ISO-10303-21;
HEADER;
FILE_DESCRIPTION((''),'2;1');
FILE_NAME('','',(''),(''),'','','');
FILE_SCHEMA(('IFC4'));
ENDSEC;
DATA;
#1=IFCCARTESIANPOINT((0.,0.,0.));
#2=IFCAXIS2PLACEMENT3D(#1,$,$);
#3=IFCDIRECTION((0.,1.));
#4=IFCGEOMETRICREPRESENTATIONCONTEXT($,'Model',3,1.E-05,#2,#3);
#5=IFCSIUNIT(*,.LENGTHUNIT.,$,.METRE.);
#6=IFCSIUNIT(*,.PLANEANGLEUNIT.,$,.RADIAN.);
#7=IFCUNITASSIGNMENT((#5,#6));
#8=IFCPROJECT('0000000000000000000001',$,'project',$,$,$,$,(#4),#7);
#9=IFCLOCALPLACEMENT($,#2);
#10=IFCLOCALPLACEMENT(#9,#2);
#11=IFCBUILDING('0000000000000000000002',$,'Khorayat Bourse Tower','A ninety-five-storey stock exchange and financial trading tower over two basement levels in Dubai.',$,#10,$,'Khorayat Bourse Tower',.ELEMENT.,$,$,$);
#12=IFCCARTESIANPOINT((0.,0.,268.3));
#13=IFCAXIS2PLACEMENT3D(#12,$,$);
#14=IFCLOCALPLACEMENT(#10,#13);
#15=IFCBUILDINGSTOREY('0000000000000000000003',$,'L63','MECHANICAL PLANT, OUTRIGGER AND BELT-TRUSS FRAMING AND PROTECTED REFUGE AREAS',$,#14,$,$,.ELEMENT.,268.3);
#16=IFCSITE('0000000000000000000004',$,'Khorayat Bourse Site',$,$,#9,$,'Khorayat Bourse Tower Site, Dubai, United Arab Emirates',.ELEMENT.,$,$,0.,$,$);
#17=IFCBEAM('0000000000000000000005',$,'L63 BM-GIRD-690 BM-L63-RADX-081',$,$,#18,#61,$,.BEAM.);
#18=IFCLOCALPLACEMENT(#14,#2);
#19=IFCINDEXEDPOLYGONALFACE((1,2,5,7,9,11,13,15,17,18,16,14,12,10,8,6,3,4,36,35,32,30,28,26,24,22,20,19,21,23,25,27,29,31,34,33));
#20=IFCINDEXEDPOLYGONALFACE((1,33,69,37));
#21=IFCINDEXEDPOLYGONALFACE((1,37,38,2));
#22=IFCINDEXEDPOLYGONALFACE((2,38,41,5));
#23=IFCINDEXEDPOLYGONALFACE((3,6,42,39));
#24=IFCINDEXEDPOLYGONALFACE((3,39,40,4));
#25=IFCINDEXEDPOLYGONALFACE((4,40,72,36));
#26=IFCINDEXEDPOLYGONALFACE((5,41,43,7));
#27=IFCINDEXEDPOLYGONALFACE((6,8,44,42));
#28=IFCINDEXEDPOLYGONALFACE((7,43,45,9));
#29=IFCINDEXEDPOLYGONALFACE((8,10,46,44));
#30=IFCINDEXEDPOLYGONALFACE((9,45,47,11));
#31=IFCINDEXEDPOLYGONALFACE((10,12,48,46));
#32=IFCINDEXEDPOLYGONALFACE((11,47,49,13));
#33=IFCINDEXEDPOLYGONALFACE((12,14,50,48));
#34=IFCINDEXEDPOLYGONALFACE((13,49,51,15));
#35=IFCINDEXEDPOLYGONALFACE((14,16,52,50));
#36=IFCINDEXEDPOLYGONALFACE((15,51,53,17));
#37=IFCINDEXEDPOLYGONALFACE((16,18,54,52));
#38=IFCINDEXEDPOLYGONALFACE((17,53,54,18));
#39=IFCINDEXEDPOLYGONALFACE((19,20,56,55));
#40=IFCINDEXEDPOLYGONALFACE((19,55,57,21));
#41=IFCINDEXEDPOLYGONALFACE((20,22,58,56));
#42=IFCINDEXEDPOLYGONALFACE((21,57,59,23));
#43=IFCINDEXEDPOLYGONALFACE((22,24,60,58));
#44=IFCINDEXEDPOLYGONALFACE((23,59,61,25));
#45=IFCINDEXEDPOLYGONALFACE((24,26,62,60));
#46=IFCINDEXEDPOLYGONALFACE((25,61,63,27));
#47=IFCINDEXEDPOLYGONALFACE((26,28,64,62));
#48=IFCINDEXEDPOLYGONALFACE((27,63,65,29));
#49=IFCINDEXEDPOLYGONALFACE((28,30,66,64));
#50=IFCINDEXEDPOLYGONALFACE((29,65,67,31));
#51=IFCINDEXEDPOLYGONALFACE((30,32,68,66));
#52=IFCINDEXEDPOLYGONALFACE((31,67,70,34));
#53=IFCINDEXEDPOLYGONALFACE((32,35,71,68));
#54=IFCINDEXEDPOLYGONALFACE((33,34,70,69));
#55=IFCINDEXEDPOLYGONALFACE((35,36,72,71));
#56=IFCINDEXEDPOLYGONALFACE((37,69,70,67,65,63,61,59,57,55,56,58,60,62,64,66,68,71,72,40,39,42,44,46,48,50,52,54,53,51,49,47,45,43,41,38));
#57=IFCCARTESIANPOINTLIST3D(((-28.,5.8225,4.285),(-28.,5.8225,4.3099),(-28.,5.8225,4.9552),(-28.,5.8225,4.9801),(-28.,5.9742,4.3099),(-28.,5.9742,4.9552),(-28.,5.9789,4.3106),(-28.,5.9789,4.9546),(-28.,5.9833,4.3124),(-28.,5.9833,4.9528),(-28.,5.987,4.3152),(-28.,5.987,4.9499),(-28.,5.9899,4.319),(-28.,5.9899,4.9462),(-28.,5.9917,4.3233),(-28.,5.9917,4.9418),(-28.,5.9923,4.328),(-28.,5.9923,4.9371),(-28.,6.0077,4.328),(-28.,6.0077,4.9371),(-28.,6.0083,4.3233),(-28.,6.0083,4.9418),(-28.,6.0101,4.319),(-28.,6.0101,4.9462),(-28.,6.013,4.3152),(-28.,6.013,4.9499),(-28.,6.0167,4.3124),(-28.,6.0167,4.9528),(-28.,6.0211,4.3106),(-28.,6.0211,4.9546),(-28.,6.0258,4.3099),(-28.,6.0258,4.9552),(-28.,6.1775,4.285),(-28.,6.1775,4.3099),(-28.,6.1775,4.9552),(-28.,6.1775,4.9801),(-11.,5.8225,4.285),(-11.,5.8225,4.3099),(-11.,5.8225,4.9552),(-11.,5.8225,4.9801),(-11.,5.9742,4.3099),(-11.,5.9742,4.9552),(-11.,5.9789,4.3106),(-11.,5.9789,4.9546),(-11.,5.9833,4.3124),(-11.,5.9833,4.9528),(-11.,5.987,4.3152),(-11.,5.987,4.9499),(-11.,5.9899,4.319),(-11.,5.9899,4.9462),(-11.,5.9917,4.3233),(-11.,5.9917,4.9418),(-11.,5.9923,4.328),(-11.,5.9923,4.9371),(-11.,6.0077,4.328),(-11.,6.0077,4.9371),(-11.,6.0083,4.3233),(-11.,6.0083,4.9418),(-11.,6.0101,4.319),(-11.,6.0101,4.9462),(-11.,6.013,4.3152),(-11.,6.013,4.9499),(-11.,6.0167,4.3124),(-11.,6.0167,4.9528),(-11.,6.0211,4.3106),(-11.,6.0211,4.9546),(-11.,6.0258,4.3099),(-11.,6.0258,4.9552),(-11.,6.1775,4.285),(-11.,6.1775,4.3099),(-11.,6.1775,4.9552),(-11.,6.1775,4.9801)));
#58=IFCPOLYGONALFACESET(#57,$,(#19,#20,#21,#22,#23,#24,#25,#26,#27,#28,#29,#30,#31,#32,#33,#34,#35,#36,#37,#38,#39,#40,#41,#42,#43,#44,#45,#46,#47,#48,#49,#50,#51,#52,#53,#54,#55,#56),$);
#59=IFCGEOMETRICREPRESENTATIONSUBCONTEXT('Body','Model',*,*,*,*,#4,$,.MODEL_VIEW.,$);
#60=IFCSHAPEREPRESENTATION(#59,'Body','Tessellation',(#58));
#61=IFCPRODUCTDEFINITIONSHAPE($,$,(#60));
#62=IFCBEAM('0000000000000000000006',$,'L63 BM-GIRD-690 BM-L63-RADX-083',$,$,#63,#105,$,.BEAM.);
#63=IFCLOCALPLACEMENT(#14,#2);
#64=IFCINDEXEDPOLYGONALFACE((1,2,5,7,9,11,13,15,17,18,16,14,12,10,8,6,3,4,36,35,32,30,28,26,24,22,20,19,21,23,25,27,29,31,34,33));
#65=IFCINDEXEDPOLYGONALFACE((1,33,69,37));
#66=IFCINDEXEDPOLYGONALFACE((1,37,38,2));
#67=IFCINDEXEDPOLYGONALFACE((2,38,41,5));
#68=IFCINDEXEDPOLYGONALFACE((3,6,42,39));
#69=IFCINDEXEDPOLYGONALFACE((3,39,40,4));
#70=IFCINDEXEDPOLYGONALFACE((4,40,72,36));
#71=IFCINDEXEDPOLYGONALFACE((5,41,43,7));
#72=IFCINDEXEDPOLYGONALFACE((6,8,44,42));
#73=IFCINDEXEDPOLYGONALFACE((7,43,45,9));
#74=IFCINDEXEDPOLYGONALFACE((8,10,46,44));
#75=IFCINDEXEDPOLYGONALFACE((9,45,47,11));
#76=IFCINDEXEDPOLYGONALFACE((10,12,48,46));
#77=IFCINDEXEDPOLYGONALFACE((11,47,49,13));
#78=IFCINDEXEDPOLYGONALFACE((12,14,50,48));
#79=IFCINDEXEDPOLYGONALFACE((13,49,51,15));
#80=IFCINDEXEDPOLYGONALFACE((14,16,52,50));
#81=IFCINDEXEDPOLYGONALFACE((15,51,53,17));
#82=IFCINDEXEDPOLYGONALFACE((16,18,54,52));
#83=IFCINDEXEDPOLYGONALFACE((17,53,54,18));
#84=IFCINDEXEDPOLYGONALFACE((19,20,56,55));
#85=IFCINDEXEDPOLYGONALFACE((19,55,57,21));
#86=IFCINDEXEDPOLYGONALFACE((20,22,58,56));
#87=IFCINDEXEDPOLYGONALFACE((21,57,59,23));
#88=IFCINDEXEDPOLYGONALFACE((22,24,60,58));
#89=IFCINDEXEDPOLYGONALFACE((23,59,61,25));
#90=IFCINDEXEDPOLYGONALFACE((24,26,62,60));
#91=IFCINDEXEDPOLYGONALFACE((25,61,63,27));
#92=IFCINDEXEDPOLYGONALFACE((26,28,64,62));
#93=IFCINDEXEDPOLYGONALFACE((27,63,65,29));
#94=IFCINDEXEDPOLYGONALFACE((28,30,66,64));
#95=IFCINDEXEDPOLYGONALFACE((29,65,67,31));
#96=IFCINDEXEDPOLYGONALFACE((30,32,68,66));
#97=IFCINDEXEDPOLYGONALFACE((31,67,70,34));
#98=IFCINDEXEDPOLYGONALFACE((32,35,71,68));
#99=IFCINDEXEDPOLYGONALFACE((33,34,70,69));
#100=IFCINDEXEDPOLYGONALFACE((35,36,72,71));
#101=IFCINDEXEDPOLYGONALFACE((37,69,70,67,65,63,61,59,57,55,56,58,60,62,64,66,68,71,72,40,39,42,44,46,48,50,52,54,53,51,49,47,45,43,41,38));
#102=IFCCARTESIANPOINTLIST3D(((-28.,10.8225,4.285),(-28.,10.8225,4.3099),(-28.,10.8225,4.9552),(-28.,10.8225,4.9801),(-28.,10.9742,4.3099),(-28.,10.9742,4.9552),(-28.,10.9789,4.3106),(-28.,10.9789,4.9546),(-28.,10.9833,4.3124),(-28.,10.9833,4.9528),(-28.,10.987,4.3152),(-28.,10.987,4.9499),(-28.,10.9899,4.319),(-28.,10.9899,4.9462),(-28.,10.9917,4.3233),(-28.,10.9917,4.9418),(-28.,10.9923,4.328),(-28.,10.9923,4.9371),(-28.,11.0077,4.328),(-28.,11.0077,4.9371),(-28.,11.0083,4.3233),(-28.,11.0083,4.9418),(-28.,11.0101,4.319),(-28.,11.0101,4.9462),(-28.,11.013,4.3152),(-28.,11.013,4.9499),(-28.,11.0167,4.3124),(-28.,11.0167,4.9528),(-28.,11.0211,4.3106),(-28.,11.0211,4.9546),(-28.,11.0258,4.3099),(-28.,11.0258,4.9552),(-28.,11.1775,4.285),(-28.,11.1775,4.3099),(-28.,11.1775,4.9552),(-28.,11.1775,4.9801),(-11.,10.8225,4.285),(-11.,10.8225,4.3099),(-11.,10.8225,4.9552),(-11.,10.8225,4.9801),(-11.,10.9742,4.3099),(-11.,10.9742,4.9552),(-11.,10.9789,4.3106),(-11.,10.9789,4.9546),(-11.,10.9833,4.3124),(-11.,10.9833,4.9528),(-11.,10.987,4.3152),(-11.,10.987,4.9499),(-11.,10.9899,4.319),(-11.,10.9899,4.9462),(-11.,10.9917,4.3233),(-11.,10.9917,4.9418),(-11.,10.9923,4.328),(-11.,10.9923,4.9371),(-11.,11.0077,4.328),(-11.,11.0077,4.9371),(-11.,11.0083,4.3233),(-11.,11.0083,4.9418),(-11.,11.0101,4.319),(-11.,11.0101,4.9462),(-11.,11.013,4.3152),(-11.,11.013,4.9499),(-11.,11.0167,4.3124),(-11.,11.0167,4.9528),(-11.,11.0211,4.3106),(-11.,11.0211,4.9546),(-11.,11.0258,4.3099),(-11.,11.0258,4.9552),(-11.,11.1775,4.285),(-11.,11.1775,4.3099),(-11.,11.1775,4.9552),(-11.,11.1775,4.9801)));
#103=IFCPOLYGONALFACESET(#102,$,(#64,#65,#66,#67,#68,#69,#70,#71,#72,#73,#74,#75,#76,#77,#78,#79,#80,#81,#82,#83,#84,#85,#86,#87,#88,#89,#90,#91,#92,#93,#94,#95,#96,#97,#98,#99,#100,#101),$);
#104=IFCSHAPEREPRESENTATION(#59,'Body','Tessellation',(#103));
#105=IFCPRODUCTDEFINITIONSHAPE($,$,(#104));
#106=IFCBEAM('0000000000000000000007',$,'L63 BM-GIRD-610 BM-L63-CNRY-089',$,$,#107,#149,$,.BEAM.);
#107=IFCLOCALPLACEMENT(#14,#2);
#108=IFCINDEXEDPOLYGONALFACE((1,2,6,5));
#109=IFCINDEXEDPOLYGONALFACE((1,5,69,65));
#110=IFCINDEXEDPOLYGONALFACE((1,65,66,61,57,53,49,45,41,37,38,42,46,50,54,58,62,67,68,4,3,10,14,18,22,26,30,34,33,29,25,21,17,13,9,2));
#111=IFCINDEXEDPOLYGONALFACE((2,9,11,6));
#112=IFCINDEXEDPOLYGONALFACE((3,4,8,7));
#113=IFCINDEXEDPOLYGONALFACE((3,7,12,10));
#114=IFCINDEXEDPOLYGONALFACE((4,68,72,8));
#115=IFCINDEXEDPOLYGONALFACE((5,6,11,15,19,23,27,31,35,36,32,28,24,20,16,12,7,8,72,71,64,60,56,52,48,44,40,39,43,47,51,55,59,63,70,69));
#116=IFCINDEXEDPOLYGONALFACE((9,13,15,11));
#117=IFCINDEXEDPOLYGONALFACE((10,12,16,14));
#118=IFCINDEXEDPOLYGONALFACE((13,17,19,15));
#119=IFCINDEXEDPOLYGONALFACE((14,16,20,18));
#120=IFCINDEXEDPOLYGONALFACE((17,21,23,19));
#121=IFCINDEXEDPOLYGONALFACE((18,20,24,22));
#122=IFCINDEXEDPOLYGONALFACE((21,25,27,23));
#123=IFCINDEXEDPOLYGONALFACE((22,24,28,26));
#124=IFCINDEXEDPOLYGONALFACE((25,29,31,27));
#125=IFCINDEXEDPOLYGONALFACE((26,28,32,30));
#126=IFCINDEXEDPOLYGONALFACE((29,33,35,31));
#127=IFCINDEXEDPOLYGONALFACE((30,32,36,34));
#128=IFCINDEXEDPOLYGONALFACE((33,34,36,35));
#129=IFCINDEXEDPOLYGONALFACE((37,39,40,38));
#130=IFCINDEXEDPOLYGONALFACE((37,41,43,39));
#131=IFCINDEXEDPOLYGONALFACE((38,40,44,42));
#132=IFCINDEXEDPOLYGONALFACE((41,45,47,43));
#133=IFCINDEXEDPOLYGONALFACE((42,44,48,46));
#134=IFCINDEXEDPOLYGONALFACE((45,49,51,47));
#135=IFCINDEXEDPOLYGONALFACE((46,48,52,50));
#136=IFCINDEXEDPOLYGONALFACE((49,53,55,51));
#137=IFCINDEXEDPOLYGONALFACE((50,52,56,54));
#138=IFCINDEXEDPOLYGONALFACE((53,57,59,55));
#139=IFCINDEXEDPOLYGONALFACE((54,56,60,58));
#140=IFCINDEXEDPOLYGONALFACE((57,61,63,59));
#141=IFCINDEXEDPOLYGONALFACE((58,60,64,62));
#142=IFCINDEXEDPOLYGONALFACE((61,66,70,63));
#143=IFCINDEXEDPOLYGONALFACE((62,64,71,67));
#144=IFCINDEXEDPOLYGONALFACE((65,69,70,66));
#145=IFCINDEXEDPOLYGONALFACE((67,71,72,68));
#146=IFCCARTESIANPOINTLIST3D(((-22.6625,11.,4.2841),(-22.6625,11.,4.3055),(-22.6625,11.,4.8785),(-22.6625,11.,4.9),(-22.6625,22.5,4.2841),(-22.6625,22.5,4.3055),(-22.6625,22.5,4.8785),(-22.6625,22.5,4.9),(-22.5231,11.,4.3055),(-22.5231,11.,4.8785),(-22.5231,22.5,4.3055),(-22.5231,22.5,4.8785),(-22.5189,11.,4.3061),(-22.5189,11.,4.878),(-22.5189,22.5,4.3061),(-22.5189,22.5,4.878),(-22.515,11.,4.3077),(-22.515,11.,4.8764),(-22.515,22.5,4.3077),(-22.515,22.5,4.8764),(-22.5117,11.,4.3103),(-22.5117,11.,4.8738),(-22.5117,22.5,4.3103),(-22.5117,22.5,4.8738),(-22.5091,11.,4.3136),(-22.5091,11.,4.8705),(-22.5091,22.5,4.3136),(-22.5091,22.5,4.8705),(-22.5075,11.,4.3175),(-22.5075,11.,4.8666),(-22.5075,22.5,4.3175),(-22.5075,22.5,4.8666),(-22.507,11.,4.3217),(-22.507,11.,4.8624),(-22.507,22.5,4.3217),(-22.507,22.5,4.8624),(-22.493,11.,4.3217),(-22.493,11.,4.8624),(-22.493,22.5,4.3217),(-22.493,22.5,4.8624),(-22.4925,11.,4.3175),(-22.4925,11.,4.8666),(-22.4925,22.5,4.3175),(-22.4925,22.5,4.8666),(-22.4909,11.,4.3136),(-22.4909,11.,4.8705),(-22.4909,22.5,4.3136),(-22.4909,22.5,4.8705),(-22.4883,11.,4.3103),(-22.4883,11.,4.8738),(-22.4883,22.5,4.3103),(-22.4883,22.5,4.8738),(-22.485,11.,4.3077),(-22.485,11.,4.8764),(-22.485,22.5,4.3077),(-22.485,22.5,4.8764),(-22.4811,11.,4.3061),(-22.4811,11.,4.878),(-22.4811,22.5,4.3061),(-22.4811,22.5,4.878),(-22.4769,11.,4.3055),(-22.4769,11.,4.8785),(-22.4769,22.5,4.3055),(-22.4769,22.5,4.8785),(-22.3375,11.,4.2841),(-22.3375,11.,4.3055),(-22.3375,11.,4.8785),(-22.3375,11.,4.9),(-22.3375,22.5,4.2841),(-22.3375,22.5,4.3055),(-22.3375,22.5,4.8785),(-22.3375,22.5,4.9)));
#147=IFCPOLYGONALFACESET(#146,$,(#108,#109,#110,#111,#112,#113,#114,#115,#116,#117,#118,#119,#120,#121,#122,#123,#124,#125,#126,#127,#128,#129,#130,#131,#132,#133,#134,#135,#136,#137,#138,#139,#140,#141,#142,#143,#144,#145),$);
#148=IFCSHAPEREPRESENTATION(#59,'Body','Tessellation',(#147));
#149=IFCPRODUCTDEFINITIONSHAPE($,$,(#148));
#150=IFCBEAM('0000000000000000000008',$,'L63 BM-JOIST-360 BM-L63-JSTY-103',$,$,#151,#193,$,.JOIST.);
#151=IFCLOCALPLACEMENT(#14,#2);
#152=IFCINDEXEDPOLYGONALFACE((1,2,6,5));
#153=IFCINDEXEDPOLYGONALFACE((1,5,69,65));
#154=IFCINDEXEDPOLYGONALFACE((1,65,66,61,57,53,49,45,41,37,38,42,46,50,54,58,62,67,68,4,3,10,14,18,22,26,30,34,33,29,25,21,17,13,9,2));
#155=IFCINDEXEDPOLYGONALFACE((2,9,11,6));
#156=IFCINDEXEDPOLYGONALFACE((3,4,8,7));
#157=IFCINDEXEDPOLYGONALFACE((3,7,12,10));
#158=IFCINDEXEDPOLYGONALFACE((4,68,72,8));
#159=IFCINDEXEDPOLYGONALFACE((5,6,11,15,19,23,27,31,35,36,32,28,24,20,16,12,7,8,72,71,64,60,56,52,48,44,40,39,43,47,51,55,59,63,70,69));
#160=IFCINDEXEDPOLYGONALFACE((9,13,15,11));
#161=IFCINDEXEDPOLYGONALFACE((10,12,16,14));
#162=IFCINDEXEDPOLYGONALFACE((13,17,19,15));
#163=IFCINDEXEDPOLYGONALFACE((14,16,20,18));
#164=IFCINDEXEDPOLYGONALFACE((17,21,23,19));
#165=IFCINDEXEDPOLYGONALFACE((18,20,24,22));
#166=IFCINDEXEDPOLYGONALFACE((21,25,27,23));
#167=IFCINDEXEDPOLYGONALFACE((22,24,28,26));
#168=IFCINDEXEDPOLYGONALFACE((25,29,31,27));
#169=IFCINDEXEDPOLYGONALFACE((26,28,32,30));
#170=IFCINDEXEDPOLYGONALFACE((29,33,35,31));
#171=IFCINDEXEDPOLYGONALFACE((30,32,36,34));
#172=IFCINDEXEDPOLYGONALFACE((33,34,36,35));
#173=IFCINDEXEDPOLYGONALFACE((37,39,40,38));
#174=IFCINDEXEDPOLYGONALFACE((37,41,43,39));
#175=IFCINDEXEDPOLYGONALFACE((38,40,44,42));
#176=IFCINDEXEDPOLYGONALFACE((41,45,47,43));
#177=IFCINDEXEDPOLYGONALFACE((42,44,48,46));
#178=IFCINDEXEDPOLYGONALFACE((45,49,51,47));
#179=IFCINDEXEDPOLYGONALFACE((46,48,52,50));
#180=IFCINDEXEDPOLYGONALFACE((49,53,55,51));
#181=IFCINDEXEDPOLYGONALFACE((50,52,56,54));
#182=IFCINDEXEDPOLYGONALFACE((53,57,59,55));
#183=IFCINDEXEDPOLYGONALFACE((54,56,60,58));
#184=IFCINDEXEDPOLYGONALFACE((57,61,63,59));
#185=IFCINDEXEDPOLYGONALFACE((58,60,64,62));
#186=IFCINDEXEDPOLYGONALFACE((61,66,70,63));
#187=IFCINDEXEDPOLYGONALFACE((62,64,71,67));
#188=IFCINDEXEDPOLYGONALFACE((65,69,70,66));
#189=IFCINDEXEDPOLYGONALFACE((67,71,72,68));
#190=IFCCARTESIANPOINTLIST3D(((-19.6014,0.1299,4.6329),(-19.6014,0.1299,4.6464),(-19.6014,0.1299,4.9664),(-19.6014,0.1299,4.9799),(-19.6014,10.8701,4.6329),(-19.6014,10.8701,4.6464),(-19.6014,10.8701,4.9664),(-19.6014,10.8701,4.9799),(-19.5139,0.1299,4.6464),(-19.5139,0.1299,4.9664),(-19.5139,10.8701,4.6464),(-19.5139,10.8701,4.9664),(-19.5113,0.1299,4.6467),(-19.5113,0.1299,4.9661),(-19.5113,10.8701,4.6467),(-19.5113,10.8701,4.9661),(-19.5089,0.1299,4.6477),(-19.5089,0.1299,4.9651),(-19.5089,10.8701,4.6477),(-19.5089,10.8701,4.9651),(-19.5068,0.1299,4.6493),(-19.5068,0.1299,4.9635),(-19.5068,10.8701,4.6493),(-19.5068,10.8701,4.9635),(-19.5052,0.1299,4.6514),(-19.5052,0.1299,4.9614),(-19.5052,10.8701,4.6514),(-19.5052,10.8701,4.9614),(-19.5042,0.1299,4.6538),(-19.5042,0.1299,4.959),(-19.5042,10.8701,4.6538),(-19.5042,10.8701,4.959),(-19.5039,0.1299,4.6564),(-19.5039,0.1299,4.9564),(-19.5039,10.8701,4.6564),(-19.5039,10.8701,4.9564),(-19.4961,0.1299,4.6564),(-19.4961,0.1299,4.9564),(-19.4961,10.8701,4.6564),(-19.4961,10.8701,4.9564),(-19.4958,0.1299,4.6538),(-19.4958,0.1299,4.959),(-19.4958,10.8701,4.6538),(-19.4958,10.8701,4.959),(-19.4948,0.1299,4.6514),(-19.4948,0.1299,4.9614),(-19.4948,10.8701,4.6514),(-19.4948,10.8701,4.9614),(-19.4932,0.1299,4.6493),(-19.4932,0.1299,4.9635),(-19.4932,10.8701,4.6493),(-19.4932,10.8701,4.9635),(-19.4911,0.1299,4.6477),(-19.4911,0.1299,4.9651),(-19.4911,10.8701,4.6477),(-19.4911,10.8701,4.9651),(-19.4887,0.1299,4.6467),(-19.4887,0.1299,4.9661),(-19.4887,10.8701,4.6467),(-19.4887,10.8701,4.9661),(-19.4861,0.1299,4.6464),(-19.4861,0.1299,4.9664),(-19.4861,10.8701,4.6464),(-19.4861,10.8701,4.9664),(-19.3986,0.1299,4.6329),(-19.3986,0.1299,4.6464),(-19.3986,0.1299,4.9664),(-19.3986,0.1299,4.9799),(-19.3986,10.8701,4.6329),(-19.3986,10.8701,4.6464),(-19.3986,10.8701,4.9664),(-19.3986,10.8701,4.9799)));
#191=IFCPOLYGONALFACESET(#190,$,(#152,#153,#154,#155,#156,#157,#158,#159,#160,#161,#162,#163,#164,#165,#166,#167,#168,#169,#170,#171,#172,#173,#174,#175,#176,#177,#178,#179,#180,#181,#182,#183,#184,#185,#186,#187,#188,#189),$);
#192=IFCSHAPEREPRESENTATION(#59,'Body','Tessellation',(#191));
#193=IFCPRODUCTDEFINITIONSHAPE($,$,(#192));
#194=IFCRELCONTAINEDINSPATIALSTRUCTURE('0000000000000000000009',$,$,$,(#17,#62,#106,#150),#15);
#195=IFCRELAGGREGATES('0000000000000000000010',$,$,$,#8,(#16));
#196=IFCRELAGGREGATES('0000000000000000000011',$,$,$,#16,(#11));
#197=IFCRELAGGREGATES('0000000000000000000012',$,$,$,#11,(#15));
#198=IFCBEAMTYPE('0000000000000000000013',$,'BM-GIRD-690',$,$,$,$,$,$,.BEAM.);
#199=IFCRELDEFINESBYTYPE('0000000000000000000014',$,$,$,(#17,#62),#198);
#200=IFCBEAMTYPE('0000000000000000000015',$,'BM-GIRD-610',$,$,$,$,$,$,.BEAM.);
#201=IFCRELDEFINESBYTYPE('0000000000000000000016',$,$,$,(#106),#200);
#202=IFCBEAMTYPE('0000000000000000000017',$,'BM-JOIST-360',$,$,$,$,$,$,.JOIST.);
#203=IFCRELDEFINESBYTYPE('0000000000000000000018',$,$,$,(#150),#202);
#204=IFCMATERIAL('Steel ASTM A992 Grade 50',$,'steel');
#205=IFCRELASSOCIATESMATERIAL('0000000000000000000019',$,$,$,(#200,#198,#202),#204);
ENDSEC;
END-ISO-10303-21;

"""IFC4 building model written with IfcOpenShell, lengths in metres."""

from ifc_helpers import new_model, si_unit, direction, frame, origin, origin_2d, place, context, subcontext, project, spatial, i_section, extrude, source, transform, mapped, material, material_profile, profile_set, type_object, element, save


model = new_model("IFC4")

# Units and contexts
model_context = context("Model", 3, precision=1e-05, world=origin(), true_north=direction((0.0, 1.0)))
body_context = subcontext(model_context, "Body", "Model", "MODEL_VIEW")
ifc_project = project(units=[si_unit("LENGTHUNIT", "METRE"), si_unit("PLANEANGLEUNIT", "RADIAN")], contexts=[model_context])

# Site, building, storey
site_placement = place(None, origin())
site = spatial("IfcSite", under=ifc_project, at=site_placement, Name="Khorayat Bourse Site", LongName="Khorayat Bourse Tower Site, Dubai, United Arab Emirates", CompositionType="ELEMENT", RefElevation=0.0)
building_placement = place(site_placement, origin())
building = spatial("IfcBuilding", under=site, at=building_placement, Name="Khorayat Bourse Tower", Description="A ninety-five-storey stock exchange and financial trading tower over two basement levels in Dubai.", LongName="Khorayat Bourse Tower", CompositionType="ELEMENT")
storey_placement = place(building_placement, frame((0.0, 0.0, 268.3)))
storey = spatial("IfcBuildingStorey", under=building, at=storey_placement, Name="L63", Description="MECHANICAL PLANT, OUTRIGGER AND BELT-TRUSS FRAMING AND PROTECTED REFUGE AREAS", CompositionType="ELEMENT", Elevation=268.3)

# Beams
ifc_material_1 = material(Name="Steel ASTM A992 Grade 50", Category="steel")
ifc_material_profile_1 = material_profile(ifc_material_1, i_section(OverallWidth=0.325, OverallDepth=0.616, WebThickness=0.0139, FlangeThickness=0.0215, FilletRadius=0.0161, at=origin_2d()), Name="W610X174")
ifc_profile_set_1 = profile_set([ifc_material_profile_1], Name="Steel ASTM A992 Grade 50")
beam_type_1 = type_object("IfcBeamType", Name="BM-GIRD-610", PredefinedType="BEAM", material=ifc_profile_set_1)
ifc_material_profile_2 = material_profile(ifc_material_1, i_section(OverallWidth=0.355, OverallDepth=0.6951, WebThickness=0.0154, FlangeThickness=0.0249, FilletRadius=0.0181, at=origin_2d()), Name="W690X217")
ifc_profile_set_2 = profile_set([ifc_material_profile_2], Name="Steel ASTM A992 Grade 50")
beam_type_2 = type_object("IfcBeamType", Name="BM-GIRD-690", PredefinedType="BEAM", material=ifc_profile_set_2)
shared_shape_1 = source(origin(), body_context, "Body", "SweptSolid", [
    extrude(i_section(OverallWidth=0.355, OverallDepth=0.6951, WebThickness=0.0154, FlangeThickness=0.0249, FilletRadius=0.0181, at=origin_2d()), origin(), (0.0, 0.0, 1.0), 17.0),
])
for number, where, z_axis, x_axis, name in (
    (1, (-28.0, 6.0, 4.6326), (1.0, 0.0, 0.0), (0.0, 1.0, 0.0), "L63 BM-GIRD-690 BM-L63-RADX-081"),
    (2, (-28.0, 11.0, 4.6326), (1.0, 0.0, 0.0), (0.0, 1.0, 0.0), "L63 BM-GIRD-690 BM-L63-RADX-083"),
):
    element("IfcBeam", number, at=place(storey_placement, frame(where, z_axis=z_axis, x_axis=x_axis)), inside=storey, type_object=beam_type_2, Name=name, PredefinedType="BEAM", context=body_context, shape_type="MappedRepresentation", body=[
        mapped(shared_shape_1, transform((0.0, 0.0, 0.0), scale=1.0)),
    ])
shared_shape_2 = source(origin(), body_context, "Body", "SweptSolid", [
    extrude(i_section(OverallWidth=0.325, OverallDepth=0.616, WebThickness=0.0139, FlangeThickness=0.0215, FilletRadius=0.0161, at=origin_2d()), origin(), (0.0, 0.0, 1.0), 11.5),
])
beam_1_placement = place(storey_placement, frame((-22.5, 11.0, 4.592), z_axis=(0.0, 1.0, 0.0), x_axis=(-1.0, 0.0, 0.0)))
element("IfcBeam", 3, at=beam_1_placement, inside=storey, type_object=beam_type_1, Name="L63 BM-GIRD-610 BM-L63-CNRY-089", PredefinedType="BEAM", context=body_context, shape_type="MappedRepresentation", body=[
    mapped(shared_shape_2, transform((0.0, 0.0, 0.0), scale=1.0)),
])
ifc_material_profile_3 = material_profile(ifc_material_1, i_section(OverallWidth=0.2029, OverallDepth=0.3469, WebThickness=0.0078, FlangeThickness=0.0134, FilletRadius=0.01, at=origin_2d()), Name="W360X64")
ifc_profile_set_3 = profile_set([ifc_material_profile_3], Name="Steel ASTM A992 Grade 50")
beam_type_3 = type_object("IfcBeamType", Name="BM-JOIST-360", PredefinedType="JOIST", material=ifc_profile_set_3)
shared_shape_3 = source(origin(), body_context, "Body", "SweptSolid", [
    extrude(i_section(OverallWidth=0.2029, OverallDepth=0.3469, WebThickness=0.0078, FlangeThickness=0.0134, FilletRadius=0.01, at=origin_2d()), origin(), (0.0, 0.0, 1.0), 10.7402),
])
beam_2_placement = place(storey_placement, frame((-19.5, 0.1299, 4.8064), z_axis=(0.0, 1.0, 0.0), x_axis=(-1.0, 0.0, 0.0)))
element("IfcBeam", 4, at=beam_2_placement, inside=storey, type_object=beam_type_3, Name="L63 BM-JOIST-360 BM-L63-JSTY-103", PredefinedType="JOIST", context=body_context, shape_type="MappedRepresentation", body=[
    mapped(shared_shape_3, transform((0.0, 0.0, 0.0), scale=1.0)),
])

save(model, "model.ifc")
